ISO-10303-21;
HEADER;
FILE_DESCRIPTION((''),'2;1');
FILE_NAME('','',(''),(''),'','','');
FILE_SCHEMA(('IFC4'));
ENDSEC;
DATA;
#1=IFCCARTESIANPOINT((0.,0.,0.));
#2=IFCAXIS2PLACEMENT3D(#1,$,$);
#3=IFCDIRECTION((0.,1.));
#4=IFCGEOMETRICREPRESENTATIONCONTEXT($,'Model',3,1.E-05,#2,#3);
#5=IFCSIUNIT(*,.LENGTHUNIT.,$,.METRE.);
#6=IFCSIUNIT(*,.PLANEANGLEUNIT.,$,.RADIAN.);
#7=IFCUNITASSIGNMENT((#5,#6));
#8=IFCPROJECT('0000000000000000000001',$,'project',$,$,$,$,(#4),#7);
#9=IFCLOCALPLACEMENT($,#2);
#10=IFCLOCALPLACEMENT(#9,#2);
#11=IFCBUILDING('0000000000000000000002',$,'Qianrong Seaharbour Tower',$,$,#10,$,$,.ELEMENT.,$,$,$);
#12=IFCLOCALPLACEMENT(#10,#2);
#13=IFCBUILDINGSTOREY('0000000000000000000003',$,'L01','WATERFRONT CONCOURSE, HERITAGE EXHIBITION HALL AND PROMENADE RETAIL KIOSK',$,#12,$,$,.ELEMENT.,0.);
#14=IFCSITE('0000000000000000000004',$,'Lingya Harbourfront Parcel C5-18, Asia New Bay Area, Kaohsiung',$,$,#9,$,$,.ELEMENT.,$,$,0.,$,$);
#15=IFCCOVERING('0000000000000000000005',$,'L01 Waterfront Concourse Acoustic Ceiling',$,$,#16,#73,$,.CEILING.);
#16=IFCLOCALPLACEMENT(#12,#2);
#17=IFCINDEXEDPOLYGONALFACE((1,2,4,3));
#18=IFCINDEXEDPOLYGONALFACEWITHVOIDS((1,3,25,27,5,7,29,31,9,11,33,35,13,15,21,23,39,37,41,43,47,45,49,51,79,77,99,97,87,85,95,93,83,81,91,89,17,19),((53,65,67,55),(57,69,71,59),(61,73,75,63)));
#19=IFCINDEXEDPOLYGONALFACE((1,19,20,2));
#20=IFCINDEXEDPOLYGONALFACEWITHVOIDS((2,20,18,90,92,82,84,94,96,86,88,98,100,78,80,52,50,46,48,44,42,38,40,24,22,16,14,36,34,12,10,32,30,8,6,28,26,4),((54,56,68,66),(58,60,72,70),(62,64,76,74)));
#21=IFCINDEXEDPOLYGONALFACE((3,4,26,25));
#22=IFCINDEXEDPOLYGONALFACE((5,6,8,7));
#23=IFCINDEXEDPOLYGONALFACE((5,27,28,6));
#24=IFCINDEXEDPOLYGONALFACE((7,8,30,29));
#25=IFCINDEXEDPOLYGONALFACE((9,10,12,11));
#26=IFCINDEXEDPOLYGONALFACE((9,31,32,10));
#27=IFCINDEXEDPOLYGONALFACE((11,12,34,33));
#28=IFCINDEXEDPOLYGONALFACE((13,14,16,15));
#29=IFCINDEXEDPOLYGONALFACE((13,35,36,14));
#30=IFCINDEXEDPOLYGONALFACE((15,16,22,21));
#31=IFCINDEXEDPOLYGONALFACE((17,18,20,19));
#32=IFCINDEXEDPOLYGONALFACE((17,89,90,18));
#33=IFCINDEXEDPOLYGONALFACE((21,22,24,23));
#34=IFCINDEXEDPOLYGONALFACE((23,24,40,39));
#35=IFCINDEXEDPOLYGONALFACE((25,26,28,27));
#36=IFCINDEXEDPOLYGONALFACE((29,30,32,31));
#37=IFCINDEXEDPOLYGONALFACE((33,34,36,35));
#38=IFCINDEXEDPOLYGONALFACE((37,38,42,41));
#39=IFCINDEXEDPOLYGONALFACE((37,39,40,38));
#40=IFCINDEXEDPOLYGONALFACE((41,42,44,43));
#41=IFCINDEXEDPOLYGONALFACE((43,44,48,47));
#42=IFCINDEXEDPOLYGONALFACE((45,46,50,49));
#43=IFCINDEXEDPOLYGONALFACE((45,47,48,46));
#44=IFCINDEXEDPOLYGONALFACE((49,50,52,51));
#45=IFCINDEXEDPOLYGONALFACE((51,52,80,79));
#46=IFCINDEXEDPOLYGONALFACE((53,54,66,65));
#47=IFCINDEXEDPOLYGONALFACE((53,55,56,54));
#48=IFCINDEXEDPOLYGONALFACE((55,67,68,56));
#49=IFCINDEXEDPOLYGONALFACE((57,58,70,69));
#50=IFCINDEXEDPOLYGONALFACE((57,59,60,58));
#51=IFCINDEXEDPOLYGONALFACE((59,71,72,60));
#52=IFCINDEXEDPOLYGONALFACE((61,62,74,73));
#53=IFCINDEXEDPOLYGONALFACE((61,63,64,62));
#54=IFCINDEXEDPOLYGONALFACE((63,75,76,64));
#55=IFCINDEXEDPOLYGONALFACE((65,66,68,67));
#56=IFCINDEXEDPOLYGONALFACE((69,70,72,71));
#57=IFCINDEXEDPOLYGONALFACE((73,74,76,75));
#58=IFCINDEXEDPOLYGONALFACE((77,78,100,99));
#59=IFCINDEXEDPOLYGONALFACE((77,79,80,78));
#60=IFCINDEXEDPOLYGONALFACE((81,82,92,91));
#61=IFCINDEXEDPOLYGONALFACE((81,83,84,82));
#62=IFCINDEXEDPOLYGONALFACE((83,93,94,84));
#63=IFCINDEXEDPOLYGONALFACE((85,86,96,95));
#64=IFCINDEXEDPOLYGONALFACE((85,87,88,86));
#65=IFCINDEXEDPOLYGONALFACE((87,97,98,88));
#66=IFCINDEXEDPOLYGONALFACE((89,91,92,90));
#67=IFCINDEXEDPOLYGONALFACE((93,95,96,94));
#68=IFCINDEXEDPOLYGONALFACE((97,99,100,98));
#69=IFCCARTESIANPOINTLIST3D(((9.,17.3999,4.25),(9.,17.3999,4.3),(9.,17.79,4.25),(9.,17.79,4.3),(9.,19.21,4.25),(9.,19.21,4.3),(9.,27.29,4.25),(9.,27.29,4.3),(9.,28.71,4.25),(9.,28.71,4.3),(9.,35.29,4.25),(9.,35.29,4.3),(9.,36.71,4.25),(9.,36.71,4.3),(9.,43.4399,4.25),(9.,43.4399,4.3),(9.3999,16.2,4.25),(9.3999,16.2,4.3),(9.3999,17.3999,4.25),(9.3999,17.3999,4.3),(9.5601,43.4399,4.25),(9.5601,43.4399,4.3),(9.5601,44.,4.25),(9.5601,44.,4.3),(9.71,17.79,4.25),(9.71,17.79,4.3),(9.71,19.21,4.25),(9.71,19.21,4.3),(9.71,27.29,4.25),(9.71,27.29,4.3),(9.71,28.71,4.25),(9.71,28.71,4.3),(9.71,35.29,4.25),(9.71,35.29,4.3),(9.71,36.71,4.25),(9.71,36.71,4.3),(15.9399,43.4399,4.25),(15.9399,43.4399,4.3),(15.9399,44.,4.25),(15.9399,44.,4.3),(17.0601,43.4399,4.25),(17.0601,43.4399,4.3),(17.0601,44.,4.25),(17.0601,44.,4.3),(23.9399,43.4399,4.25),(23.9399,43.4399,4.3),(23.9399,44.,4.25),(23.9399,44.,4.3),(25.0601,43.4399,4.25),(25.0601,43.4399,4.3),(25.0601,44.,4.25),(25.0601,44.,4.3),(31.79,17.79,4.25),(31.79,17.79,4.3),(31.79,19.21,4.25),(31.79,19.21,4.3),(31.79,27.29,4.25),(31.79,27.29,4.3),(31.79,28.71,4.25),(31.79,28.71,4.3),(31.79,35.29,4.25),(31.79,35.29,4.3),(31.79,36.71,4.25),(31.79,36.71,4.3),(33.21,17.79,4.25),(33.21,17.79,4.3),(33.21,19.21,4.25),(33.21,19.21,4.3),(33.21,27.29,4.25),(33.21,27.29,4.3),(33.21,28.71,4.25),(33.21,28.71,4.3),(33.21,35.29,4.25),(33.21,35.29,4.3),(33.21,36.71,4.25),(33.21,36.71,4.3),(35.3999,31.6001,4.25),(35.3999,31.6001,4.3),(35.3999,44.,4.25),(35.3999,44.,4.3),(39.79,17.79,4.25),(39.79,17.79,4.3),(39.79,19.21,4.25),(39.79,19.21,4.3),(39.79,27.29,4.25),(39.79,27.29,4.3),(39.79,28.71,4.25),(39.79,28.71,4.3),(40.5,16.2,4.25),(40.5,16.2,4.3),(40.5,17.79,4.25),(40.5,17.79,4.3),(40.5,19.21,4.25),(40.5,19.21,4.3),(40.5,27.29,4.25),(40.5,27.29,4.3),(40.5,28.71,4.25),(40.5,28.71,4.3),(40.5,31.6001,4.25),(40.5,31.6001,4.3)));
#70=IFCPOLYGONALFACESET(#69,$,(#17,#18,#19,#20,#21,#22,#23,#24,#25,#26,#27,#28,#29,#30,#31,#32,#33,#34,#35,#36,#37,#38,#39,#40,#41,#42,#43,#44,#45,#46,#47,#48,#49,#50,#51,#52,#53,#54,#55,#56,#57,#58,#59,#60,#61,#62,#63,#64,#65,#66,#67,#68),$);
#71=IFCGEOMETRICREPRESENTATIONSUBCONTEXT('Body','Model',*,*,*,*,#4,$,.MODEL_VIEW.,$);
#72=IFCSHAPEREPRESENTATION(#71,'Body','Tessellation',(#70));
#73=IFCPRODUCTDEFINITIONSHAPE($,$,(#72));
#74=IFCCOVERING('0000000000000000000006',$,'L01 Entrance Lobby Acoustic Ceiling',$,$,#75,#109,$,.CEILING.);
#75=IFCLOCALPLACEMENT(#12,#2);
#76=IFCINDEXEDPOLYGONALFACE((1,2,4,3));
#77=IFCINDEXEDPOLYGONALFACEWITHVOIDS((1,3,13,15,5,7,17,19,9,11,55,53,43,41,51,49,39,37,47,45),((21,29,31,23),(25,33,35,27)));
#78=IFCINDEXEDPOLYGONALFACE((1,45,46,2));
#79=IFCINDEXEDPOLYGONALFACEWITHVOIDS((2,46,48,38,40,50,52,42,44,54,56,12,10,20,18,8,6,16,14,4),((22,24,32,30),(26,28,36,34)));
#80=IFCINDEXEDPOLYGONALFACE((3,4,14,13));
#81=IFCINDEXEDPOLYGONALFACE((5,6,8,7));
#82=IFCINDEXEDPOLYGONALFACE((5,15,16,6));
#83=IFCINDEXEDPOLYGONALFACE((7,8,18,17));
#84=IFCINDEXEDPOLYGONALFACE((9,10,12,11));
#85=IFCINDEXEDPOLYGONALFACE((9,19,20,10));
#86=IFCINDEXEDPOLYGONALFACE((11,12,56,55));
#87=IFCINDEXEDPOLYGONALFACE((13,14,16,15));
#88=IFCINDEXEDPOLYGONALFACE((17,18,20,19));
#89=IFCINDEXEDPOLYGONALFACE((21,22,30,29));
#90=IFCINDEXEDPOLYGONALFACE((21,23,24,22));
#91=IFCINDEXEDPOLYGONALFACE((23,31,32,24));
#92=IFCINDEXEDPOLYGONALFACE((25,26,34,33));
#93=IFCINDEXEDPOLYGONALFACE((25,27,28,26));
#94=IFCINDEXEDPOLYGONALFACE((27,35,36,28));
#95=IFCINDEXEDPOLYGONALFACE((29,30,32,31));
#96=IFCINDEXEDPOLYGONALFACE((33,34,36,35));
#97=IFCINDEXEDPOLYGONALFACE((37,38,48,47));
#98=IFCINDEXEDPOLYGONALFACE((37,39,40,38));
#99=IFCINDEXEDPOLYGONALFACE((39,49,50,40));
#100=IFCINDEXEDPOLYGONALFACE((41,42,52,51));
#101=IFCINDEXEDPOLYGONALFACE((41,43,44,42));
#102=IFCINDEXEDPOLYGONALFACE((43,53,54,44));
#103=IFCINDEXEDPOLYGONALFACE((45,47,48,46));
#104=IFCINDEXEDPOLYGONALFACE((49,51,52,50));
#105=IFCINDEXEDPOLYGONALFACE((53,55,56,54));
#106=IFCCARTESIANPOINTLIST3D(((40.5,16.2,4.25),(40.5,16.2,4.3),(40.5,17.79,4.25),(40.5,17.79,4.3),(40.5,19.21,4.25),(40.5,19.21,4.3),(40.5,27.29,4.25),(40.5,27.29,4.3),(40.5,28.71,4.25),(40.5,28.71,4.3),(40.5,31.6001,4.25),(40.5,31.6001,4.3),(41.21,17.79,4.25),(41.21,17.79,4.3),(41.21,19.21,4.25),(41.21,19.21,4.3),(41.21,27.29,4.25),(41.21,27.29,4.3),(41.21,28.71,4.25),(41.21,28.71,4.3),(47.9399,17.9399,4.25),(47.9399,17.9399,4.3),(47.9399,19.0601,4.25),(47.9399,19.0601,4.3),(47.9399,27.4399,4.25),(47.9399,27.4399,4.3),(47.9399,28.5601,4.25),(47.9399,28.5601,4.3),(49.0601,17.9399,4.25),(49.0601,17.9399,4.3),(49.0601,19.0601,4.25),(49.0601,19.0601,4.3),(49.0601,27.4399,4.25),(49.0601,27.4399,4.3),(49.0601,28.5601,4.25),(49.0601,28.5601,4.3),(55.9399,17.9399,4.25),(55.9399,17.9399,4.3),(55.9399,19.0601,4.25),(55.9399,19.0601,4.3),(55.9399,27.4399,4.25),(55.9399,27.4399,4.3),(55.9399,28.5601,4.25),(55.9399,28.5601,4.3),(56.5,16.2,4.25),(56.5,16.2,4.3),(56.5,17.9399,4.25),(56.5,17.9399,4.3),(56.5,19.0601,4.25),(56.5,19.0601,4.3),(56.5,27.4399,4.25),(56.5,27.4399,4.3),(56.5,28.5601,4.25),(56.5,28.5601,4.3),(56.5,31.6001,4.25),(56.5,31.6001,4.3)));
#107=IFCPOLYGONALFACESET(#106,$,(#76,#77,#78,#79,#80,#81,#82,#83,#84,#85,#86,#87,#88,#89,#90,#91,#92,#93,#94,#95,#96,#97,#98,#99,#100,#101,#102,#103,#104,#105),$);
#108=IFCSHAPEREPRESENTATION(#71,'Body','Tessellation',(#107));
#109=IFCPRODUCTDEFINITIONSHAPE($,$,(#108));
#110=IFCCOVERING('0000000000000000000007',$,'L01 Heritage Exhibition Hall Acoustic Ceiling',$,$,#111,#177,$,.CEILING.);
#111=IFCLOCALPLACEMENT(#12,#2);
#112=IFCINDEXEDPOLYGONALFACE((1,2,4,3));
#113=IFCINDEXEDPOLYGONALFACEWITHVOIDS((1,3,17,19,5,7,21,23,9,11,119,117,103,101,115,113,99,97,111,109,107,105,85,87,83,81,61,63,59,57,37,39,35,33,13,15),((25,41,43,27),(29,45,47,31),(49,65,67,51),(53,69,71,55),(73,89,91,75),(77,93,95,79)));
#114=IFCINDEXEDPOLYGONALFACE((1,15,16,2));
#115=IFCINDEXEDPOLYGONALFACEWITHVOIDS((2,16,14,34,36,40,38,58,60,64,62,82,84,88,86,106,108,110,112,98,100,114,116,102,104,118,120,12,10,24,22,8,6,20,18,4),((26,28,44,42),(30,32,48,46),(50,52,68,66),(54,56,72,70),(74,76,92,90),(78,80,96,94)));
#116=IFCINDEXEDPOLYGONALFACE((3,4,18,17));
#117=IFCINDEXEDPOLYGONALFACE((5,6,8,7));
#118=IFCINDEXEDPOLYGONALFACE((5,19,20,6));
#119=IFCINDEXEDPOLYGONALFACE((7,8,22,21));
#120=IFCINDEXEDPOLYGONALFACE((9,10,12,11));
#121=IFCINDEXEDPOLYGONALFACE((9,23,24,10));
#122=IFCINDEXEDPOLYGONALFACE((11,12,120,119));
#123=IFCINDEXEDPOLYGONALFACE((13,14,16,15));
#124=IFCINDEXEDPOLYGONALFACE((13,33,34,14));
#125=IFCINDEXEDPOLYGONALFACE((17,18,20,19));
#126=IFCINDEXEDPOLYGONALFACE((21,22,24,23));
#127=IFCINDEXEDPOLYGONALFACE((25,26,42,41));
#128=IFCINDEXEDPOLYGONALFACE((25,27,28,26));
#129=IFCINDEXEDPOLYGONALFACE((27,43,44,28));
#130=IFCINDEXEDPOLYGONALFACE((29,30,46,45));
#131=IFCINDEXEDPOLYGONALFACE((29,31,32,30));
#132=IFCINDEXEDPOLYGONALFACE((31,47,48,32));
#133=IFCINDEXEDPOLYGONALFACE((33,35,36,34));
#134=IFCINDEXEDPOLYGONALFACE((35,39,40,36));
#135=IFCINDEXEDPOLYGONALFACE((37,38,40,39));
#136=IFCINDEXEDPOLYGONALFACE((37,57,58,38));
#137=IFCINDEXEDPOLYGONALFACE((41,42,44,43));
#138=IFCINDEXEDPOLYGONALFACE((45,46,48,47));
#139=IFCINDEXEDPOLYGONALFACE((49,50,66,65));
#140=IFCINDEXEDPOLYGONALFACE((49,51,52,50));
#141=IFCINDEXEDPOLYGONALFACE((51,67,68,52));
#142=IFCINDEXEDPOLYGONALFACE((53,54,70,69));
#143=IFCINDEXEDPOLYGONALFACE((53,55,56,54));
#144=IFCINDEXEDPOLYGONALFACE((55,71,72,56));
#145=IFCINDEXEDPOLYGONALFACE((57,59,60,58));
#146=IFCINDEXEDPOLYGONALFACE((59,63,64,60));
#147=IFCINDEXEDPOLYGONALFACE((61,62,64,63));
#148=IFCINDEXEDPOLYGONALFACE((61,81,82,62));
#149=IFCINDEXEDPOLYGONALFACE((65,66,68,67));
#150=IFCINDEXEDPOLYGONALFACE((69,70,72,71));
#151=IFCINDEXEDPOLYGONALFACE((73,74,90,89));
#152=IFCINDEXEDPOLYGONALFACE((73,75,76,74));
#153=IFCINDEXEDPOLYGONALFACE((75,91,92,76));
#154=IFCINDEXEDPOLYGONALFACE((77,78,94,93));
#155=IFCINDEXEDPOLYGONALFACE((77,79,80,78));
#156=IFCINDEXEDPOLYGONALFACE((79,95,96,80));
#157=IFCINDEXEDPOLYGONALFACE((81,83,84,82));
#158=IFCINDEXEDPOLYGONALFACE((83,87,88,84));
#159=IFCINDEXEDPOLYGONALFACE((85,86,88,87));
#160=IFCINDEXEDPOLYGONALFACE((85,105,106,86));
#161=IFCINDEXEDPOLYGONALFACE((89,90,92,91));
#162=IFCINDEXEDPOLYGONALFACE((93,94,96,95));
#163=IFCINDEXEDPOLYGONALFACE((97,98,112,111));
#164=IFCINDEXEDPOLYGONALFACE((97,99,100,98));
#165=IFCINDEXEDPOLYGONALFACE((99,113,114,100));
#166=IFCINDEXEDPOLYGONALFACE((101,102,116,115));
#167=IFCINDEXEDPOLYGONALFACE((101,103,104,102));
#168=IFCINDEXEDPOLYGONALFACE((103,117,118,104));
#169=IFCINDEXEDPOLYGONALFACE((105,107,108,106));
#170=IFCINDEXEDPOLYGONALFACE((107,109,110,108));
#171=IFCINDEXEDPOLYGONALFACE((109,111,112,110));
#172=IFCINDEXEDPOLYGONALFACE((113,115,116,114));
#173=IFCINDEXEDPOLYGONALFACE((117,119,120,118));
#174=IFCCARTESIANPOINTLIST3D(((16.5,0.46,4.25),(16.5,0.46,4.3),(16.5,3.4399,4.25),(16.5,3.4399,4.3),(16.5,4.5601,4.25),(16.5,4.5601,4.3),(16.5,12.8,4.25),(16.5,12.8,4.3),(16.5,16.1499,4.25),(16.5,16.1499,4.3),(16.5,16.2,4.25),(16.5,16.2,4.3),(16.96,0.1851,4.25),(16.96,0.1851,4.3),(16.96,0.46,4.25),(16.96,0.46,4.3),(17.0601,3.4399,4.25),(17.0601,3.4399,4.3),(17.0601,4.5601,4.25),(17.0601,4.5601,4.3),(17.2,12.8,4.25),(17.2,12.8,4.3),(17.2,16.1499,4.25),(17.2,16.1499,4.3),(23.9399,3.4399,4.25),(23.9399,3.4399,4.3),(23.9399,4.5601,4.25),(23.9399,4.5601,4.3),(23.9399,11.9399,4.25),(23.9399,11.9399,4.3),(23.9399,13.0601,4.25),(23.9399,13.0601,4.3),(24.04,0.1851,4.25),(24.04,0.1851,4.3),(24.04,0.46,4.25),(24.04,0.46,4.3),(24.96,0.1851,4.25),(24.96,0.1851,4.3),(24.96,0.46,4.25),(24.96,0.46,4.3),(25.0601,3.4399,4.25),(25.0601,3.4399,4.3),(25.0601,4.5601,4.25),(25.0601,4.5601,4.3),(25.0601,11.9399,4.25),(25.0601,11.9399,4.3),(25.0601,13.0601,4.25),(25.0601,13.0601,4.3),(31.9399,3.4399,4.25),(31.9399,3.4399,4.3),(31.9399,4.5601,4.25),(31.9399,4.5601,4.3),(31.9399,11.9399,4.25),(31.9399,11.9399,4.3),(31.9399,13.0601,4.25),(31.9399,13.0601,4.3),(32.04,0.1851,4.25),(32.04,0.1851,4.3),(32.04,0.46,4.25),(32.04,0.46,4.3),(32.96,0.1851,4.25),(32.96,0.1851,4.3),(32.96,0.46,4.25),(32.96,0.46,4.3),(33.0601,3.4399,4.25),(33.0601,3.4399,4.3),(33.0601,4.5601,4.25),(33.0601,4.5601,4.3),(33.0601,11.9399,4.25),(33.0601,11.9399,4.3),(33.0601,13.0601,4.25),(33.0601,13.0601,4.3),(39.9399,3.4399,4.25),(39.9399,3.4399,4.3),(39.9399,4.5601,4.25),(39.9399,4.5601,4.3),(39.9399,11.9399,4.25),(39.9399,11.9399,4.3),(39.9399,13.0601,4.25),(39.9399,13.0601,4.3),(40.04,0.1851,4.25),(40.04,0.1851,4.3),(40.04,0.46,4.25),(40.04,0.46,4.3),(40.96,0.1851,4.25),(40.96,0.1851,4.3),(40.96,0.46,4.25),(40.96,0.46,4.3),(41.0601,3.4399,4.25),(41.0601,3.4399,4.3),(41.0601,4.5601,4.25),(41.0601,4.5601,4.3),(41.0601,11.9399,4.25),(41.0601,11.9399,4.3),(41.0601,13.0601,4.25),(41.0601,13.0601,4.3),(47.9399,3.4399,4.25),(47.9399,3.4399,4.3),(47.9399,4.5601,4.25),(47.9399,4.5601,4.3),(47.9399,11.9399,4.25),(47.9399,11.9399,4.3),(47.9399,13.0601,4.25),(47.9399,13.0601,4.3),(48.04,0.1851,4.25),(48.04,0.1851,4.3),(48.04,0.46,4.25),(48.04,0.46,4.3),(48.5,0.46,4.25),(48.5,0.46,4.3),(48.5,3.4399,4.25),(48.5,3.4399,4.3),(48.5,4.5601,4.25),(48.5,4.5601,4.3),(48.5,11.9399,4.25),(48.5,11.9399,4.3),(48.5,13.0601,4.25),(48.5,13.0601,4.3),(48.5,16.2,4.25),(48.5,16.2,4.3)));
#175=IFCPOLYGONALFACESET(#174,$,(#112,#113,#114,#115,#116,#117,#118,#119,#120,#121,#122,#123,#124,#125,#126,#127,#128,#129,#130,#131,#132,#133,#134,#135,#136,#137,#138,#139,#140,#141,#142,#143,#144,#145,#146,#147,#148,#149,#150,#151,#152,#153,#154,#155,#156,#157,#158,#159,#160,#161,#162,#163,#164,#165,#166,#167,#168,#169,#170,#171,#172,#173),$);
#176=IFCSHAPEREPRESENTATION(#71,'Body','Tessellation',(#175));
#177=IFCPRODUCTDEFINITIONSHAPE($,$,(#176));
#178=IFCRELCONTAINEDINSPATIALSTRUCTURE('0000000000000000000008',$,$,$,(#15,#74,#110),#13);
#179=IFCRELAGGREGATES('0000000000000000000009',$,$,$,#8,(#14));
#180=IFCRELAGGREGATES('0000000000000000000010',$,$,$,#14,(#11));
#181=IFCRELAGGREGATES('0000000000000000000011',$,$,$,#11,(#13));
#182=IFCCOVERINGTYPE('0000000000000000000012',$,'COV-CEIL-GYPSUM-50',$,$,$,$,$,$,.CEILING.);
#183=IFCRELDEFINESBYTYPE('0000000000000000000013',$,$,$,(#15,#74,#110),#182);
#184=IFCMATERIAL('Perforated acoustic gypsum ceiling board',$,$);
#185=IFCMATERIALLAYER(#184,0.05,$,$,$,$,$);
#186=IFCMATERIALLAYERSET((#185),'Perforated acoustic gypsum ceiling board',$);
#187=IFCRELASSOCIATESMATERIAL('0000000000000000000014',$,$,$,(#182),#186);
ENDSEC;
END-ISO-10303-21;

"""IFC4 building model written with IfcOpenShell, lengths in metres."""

from ifc_helpers import new_model, si_unit, direction, frame, origin, place, context, subcontext, project, spatial, polyline, outline, extrude, material, layer, layer_set, type_object, element, save


model = new_model("IFC4")

# Units and contexts
model_context = context("Model", 3, precision=1e-05, world=origin(), true_north=direction((0.0, 1.0)))
body_context = subcontext(model_context, "Body", "Model", "MODEL_VIEW")
ifc_project = project(units=[si_unit("LENGTHUNIT", "METRE"), si_unit("PLANEANGLEUNIT", "RADIAN")], contexts=[model_context])

# Site, building, storey
site_placement = place(None, origin())
site = spatial("IfcSite", under=ifc_project, at=site_placement, Name="Lingya Harbourfront Parcel C5-18, Asia New Bay Area, Kaohsiung", CompositionType="ELEMENT", RefElevation=0.0)
building_placement = place(site_placement, origin())
building = spatial("IfcBuilding", under=site, at=building_placement, Name="Qianrong Seaharbour Tower", CompositionType="ELEMENT")
storey_placement = place(building_placement, origin())
storey = spatial("IfcBuildingStorey", under=building, at=storey_placement, Name="L01", Description="WATERFRONT CONCOURSE, HERITAGE EXHIBITION HALL AND PROMENADE RETAIL KIOSK", CompositionType="ELEMENT", Elevation=0.0)

# Coverings
ifc_material_1 = material(Name="Perforated acoustic gypsum ceiling board")
ifc_layer_1 = layer(ifc_material_1, 0.05)
ifc_layer_set_1 = layer_set([ifc_layer_1], Name="Perforated acoustic gypsum ceiling board")
covering_type_1 = type_object("IfcCoveringType", Name="COV-CEIL-GYPSUM-50", PredefinedType="CEILING", material=ifc_layer_set_1)
covering_1_placement = place(storey_placement, frame((0.0, 0.0, 4.25)))
element("IfcCovering", 1, at=covering_1_placement, inside=storey, type_object=covering_type_1, Name="L01 Waterfront Concourse Acoustic Ceiling", PredefinedType="CEILING", context=body_context, shape_type="SweptSolid", body=[
    extrude(outline(polyline([(15.9399, 44.0), (15.9399, 43.4399), (17.0601, 43.4399), (17.0601, 44.0), (23.9399, 44.0), (23.9399, 43.4399), (25.0601, 43.4399), (25.0601, 44.0), (35.3999, 44.0), (35.3999, 31.6001), (40.5, 31.6001), (40.5, 28.71), (39.79, 28.71), (39.79, 27.29), (40.5, 27.29), (40.5, 19.21), (39.79, 19.21), (39.79, 17.79), (40.5, 17.79), (40.5, 16.2), (9.3999, 16.2), (9.3999, 17.3999), (9.0, 17.3999), (9.0, 17.79), (9.71, 17.79), (9.71, 19.21), (9.0, 19.21), (9.0, 27.29), (9.71, 27.29), (9.71, 28.71), (9.0, 28.71), (9.0, 35.29), (9.71, 35.29), (9.71, 36.71), (9.0, 36.71), (9.0, 43.4399), (9.5601, 43.4399), (9.5601, 44.0), (15.9399, 44.0)]), holes=[polyline([(31.79, 17.79), (33.21, 17.79), (33.21, 19.21), (31.79, 19.21), (31.79, 17.79)]), polyline([(31.79, 27.29), (33.21, 27.29), (33.21, 28.71), (31.79, 28.71), (31.79, 27.29)]), polyline([(31.79, 35.29), (33.21, 35.29), (33.21, 36.71), (31.79, 36.71), (31.79, 35.29)])]), origin(), (0.0, 0.0, 1.0), 0.05),
])
covering_2_placement = place(storey_placement, frame((0.0, 0.0, 4.25)))
element("IfcCovering", 2, at=covering_2_placement, inside=storey, type_object=covering_type_1, Name="L01 Entrance Lobby Acoustic Ceiling", PredefinedType="CEILING", context=body_context, shape_type="SweptSolid", body=[
    extrude(outline(polyline([(56.5, 31.6001), (56.5, 28.5601), (55.9399, 28.5601), (55.9399, 27.4399), (56.5, 27.4399), (56.5, 19.0601), (55.9399, 19.0601), (55.9399, 17.9399), (56.5, 17.9399), (56.5, 16.2), (40.5, 16.2), (40.5, 17.79), (41.21, 17.79), (41.21, 19.21), (40.5, 19.21), (40.5, 27.29), (41.21, 27.29), (41.21, 28.71), (40.5, 28.71), (40.5, 31.6001), (56.5, 31.6001)]), holes=[polyline([(47.9399, 17.9399), (49.0601, 17.9399), (49.0601, 19.0601), (47.9399, 19.0601), (47.9399, 17.9399)]), polyline([(47.9399, 27.4399), (49.0601, 27.4399), (49.0601, 28.5601), (47.9399, 28.5601), (47.9399, 27.4399)])]), origin(), (0.0, 0.0, 1.0), 0.05),
])
covering_3_placement = place(storey_placement, frame((0.0, 0.0, 4.25)))
element("IfcCovering", 3, at=covering_3_placement, inside=storey, type_object=covering_type_1, Name="L01 Heritage Exhibition Hall Acoustic Ceiling", PredefinedType="CEILING", context=body_context, shape_type="SweptSolid", body=[
    extrude(outline(polyline([(48.5, 13.0601), (47.9399, 13.0601), (47.9399, 11.9399), (48.5, 11.9399), (48.5, 4.5601), (47.9399, 4.5601), (47.9399, 3.4399), (48.5, 3.4399), (48.5, 0.46), (48.04, 0.46), (48.04, 0.1851), (40.96, 0.1851), (40.96, 0.46), (40.04, 0.46), (40.04, 0.1851), (32.96, 0.1851), (32.96, 0.46), (32.04, 0.46), (32.04, 0.1851), (24.96, 0.1851), (24.96, 0.46), (24.04, 0.46), (24.04, 0.1851), (16.96, 0.1851), (16.96, 0.46), (16.5, 0.46), (16.5, 3.4399), (17.0601, 3.4399), (17.0601, 4.5601), (16.5, 4.5601), (16.5, 12.8), (17.2, 12.8), (17.2, 16.1499), (16.5, 16.1499), (16.5, 16.2), (48.5, 16.2), (48.5, 13.0601)]), holes=[polyline([(39.9399, 3.4399), (41.0601, 3.4399), (41.0601, 4.5601), (39.9399, 4.5601), (39.9399, 3.4399)]), polyline([(39.9399, 11.9399), (41.0601, 11.9399), (41.0601, 13.0601), (39.9399, 13.0601), (39.9399, 11.9399)]), polyline([(31.9399, 3.4399), (33.0601, 3.4399), (33.0601, 4.5601), (31.9399, 4.5601), (31.9399, 3.4399)]), polyline([(31.9399, 11.9399), (33.0601, 11.9399), (33.0601, 13.0601), (31.9399, 13.0601), (31.9399, 11.9399)]), polyline([(23.9399, 3.4399), (25.0601, 3.4399), (25.0601, 4.5601), (23.9399, 4.5601), (23.9399, 3.4399)]), polyline([(23.9399, 11.9399), (25.0601, 11.9399), (25.0601, 13.0601), (23.9399, 13.0601), (23.9399, 11.9399)])]), origin(), (0.0, 0.0, 1.0), 0.05),
])

save(model, "model.ifc")
